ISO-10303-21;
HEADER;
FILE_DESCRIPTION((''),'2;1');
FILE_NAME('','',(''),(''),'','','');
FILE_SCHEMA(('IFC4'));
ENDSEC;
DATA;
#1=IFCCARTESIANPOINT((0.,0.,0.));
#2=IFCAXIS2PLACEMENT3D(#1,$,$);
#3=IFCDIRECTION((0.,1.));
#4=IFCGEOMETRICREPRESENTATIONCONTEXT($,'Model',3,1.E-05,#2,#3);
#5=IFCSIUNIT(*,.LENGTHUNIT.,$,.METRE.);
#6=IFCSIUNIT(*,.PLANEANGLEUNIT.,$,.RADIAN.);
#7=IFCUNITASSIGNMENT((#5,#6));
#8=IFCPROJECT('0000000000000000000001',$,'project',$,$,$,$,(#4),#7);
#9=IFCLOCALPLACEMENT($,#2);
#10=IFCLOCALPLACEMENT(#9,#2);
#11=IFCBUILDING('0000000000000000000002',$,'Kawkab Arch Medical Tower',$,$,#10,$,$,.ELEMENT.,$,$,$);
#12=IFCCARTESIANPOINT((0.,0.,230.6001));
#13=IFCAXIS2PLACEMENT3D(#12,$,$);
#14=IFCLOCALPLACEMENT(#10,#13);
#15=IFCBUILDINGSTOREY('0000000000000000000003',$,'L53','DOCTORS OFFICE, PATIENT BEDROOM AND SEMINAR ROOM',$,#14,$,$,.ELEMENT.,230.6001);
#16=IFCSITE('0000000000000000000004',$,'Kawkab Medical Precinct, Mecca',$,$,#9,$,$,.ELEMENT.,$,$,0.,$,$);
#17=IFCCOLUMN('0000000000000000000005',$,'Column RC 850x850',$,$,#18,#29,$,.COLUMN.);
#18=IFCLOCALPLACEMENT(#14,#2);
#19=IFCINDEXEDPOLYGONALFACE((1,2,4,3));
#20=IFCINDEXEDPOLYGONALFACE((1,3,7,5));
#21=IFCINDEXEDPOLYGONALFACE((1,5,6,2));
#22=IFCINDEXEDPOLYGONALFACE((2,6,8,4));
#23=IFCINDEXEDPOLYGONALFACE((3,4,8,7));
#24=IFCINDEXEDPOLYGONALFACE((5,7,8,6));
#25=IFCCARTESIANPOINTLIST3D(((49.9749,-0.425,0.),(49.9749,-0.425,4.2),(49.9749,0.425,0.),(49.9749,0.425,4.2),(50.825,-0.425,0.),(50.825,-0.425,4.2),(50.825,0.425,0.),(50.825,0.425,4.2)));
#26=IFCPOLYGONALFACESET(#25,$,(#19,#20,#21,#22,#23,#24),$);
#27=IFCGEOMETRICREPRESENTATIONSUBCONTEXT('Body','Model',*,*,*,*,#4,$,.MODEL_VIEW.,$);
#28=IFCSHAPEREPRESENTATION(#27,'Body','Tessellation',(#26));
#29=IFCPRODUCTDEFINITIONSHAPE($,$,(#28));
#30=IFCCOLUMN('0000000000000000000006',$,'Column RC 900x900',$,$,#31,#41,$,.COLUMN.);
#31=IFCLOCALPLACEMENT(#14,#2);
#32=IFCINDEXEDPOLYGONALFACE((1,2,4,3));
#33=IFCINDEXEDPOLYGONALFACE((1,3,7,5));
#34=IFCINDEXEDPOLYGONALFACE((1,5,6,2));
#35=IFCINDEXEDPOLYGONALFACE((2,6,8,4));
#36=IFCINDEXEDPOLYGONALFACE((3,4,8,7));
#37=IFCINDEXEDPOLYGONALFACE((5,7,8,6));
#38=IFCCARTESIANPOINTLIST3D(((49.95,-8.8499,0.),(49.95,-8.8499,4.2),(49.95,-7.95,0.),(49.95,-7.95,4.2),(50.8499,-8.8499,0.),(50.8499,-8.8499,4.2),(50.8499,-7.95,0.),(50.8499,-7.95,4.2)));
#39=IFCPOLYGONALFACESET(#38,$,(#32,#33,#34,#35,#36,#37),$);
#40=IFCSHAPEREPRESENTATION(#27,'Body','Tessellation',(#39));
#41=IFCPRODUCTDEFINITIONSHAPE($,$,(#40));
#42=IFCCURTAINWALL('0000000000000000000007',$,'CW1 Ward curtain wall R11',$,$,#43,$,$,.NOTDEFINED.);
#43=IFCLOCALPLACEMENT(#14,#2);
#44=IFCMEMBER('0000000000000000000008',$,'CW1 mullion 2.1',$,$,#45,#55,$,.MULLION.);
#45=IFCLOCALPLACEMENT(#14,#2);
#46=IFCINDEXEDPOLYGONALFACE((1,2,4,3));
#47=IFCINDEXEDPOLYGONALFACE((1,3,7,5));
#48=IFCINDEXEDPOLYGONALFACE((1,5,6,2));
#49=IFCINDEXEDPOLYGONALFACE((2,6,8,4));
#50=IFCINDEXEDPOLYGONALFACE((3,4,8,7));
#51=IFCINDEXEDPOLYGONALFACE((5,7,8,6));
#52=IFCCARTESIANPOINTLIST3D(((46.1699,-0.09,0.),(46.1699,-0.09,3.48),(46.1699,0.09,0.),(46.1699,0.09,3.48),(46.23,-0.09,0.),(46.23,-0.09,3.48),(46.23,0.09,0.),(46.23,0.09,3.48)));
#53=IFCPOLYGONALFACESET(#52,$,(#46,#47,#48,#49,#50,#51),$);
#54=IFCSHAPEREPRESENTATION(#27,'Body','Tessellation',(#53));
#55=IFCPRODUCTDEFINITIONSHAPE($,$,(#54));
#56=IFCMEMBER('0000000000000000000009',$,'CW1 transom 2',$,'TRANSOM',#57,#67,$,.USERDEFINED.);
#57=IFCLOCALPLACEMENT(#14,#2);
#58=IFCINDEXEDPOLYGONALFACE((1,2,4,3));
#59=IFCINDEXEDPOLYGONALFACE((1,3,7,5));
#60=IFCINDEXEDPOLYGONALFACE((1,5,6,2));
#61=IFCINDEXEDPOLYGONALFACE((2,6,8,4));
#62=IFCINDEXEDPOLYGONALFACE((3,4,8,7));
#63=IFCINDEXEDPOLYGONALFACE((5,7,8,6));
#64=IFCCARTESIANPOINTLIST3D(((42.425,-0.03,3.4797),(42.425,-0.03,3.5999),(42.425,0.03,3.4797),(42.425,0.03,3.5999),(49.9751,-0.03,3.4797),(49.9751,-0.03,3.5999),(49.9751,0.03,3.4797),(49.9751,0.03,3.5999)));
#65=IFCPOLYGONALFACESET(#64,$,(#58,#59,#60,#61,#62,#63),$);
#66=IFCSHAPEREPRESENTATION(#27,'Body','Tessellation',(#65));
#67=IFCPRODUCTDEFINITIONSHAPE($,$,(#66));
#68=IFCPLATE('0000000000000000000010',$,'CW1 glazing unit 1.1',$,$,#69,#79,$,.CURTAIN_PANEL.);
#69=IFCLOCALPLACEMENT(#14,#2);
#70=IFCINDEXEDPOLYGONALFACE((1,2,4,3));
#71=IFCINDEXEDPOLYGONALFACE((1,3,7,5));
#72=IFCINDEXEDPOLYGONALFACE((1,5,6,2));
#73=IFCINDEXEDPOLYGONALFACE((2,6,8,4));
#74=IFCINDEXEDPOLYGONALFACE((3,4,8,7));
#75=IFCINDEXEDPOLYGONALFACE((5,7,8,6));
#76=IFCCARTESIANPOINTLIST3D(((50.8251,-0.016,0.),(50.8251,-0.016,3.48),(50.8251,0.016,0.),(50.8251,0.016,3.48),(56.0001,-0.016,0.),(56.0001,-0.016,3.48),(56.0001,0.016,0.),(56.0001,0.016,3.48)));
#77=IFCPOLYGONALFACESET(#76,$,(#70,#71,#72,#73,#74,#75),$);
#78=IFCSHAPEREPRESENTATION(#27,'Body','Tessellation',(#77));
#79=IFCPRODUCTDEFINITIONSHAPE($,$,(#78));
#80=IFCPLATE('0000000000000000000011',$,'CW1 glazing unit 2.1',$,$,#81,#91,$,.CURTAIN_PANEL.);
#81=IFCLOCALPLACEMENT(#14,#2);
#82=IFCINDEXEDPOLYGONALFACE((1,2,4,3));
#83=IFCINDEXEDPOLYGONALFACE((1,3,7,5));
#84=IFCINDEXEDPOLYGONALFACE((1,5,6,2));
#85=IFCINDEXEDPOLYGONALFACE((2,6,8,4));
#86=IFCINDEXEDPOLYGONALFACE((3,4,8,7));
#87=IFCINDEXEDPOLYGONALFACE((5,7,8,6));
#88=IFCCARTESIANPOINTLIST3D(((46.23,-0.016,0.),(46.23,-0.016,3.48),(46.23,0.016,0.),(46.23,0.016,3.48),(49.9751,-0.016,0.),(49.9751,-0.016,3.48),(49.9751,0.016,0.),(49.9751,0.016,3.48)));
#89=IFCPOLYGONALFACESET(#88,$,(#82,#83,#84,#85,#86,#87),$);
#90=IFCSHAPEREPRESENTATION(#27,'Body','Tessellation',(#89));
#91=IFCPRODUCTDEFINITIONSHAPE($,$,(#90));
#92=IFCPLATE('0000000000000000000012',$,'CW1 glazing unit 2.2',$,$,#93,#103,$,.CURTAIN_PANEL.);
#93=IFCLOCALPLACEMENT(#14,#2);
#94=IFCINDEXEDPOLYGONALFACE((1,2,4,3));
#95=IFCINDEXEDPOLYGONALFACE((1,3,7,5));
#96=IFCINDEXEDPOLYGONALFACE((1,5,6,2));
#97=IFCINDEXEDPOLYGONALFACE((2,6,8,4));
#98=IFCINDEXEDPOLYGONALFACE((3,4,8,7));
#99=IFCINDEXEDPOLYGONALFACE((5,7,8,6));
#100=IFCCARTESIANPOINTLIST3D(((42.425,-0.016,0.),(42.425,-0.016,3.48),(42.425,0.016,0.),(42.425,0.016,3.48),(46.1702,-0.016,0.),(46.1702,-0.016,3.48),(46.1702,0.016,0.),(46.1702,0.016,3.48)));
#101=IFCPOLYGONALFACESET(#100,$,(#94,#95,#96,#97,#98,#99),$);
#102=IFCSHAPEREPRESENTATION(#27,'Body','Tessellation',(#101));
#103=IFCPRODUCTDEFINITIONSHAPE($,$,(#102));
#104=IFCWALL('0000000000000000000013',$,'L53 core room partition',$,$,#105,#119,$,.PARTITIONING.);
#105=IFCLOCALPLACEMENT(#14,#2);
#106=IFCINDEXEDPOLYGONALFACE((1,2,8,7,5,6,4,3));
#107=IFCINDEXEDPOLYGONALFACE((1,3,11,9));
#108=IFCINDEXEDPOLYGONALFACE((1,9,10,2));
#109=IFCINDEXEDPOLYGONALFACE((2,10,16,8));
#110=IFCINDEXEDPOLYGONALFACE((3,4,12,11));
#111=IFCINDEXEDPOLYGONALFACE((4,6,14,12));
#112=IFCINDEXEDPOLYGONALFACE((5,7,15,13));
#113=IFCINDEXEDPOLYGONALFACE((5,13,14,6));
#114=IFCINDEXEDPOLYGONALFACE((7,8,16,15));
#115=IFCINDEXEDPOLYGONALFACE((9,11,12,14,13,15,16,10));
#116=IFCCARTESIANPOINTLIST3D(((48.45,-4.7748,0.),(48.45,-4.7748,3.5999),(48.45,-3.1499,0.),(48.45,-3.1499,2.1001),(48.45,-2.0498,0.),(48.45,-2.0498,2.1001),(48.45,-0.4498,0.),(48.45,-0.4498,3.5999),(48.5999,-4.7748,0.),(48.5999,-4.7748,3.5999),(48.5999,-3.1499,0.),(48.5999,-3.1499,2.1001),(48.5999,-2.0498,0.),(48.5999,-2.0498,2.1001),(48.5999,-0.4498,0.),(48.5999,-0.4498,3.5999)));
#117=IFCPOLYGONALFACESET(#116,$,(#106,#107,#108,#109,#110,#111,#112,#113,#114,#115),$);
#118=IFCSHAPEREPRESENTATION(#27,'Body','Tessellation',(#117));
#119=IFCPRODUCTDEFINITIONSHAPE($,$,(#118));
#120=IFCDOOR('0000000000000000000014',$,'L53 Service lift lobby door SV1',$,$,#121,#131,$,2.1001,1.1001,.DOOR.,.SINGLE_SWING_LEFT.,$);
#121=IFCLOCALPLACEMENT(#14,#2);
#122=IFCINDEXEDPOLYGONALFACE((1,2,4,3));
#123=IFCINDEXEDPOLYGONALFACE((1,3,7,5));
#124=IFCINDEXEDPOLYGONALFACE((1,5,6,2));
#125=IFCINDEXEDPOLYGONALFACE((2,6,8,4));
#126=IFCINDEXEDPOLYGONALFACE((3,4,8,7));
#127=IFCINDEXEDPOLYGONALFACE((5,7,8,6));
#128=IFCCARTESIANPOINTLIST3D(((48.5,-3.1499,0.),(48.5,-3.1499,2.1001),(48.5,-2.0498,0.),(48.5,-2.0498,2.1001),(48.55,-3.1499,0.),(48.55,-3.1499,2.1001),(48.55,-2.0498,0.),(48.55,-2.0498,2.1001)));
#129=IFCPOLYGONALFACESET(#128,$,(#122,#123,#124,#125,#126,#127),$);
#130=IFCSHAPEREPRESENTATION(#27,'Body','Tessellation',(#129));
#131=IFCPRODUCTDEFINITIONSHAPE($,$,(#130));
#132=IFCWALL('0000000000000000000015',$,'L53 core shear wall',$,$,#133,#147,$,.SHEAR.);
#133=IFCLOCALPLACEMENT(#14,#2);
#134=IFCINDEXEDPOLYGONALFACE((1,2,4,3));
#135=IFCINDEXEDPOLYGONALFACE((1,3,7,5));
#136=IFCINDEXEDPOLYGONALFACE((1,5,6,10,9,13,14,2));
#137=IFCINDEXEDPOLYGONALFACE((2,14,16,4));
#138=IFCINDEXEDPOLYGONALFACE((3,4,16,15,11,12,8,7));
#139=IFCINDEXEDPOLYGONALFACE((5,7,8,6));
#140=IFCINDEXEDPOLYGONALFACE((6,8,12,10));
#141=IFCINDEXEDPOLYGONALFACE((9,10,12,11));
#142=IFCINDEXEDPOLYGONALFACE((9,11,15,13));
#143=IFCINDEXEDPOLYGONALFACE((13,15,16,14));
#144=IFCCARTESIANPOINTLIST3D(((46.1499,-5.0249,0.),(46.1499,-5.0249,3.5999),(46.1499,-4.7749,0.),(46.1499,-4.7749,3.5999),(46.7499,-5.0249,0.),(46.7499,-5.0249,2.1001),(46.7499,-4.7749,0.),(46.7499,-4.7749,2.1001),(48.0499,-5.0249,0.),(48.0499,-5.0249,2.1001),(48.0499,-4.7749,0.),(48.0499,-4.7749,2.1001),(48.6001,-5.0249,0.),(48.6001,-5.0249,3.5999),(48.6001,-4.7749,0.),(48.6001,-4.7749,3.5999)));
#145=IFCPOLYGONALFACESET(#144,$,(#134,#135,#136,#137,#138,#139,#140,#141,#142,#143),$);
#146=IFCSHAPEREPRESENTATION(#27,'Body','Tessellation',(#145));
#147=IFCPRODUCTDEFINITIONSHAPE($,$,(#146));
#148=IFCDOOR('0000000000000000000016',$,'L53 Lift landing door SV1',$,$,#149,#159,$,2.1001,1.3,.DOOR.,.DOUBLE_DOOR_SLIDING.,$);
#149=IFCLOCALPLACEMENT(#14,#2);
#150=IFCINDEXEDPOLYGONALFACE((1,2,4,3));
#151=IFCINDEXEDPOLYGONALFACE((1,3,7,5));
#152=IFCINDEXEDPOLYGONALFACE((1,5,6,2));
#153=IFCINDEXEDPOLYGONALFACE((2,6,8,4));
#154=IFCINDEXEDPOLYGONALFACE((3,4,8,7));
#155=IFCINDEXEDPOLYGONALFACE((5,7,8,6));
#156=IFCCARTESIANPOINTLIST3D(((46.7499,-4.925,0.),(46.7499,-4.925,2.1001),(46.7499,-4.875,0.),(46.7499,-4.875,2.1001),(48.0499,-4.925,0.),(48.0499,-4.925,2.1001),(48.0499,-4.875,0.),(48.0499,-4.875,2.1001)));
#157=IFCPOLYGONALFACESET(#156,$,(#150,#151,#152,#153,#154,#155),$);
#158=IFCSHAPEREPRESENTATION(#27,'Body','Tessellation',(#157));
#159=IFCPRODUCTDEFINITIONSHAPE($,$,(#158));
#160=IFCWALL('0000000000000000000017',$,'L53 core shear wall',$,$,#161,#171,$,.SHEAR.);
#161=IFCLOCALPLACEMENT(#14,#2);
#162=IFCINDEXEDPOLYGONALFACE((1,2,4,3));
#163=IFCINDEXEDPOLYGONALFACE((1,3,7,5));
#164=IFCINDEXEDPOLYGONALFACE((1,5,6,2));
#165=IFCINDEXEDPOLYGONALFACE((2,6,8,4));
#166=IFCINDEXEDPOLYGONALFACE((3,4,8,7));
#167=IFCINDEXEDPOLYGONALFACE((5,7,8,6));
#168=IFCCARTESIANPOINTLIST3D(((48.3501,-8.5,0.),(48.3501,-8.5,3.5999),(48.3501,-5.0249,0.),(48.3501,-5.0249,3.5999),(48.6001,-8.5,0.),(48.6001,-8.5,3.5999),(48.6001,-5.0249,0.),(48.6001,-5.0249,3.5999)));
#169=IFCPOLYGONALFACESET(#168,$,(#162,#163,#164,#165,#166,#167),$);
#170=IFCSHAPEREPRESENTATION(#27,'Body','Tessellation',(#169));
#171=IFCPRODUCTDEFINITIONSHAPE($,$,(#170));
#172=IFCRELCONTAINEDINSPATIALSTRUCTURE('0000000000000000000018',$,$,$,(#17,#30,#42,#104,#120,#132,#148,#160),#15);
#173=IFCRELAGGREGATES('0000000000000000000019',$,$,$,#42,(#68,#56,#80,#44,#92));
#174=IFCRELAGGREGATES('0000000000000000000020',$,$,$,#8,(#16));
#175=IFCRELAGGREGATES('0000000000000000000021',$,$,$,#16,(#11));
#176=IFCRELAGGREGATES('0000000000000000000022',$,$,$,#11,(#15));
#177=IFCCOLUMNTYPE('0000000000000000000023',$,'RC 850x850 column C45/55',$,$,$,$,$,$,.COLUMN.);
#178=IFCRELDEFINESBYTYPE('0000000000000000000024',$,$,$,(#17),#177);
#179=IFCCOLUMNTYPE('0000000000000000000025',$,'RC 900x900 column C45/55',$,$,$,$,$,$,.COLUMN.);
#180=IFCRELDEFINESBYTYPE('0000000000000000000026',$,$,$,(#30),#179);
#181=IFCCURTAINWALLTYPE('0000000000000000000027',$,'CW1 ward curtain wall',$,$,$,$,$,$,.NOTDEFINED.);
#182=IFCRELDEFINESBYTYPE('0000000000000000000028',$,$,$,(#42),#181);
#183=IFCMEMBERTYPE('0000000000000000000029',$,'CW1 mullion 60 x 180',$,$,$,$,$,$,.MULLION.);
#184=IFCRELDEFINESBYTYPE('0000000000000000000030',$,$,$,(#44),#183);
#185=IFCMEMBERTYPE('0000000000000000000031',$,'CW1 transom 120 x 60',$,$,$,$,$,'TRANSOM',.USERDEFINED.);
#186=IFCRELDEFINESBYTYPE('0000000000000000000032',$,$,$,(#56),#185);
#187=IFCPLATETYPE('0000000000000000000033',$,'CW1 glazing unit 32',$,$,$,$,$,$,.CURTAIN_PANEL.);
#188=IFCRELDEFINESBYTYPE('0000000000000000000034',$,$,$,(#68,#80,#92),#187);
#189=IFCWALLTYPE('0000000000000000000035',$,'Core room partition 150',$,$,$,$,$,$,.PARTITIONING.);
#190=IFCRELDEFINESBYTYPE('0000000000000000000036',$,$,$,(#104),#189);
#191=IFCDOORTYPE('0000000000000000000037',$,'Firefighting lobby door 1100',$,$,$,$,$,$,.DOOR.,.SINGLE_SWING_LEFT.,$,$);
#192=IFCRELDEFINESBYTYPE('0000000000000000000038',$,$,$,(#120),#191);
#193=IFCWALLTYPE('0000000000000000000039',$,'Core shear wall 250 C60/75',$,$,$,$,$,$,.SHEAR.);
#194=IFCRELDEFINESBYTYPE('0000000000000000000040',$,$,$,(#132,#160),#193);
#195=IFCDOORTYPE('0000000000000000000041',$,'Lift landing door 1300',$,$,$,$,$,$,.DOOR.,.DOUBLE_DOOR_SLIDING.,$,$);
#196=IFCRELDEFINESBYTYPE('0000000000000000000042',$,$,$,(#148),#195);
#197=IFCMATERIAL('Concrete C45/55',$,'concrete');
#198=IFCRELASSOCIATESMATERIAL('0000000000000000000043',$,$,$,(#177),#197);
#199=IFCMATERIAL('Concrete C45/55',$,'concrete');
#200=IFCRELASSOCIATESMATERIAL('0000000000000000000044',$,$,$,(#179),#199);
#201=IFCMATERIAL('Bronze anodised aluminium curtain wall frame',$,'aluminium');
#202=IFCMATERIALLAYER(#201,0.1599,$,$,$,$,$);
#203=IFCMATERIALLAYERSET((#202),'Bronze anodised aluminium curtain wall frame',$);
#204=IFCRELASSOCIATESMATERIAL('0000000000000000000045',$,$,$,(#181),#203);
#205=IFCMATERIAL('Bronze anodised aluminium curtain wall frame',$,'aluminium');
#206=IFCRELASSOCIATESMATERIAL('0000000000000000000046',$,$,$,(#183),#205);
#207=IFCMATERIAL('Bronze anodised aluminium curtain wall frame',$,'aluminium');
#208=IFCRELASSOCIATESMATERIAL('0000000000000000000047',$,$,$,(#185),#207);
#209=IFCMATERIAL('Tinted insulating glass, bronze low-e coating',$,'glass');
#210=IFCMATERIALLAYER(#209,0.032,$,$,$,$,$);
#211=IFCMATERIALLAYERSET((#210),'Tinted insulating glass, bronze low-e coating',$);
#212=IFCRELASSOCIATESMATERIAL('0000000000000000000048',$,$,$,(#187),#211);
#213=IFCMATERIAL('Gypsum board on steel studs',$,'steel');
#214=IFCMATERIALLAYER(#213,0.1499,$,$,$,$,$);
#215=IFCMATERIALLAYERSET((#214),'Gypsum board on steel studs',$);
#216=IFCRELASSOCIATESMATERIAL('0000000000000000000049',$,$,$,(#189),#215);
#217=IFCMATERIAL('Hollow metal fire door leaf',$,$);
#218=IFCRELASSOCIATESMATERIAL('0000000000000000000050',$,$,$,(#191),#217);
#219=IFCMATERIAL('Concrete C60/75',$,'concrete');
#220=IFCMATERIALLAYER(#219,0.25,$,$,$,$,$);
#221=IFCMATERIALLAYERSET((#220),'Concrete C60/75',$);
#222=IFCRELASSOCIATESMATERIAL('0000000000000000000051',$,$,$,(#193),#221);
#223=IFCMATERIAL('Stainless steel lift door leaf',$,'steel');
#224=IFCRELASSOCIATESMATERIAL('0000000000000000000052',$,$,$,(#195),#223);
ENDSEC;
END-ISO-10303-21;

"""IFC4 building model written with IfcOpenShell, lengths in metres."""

from ifc_helpers import new_model, si_unit, direction, frame, frame_2d, origin, origin_2d, place, context, subcontext, project, spatial, rectangle, extrude, material, layer, layer_set, material_profile, profile_set, type_object, element, fill, aggregate, save


model = new_model("IFC4")

# Units and contexts
model_context = context("Model", 3, precision=1e-05, world=origin(), true_north=direction((0.0, 1.0)))
body_context = subcontext(model_context, "Body", "Model", "MODEL_VIEW")
ifc_project = project(units=[si_unit("LENGTHUNIT", "METRE"), si_unit("PLANEANGLEUNIT", "RADIAN")], contexts=[model_context])

# Site, building, storey
site_placement = place(None, origin())
site = spatial("IfcSite", under=ifc_project, at=site_placement, Name="Kawkab Medical Precinct, Mecca", CompositionType="ELEMENT", RefElevation=0.0)
building_placement = place(site_placement, origin())
building = spatial("IfcBuilding", under=site, at=building_placement, Name="Kawkab Arch Medical Tower", CompositionType="ELEMENT")
storey_placement = place(building_placement, frame((0.0, 0.0, 230.6001)))
storey = spatial("IfcBuildingStorey", under=building, at=storey_placement, Name="L53", Description="DOCTORS OFFICE, PATIENT BEDROOM AND SEMINAR ROOM", CompositionType="ELEMENT", Elevation=230.6001)

# Columns
ifc_material_1 = material(Name="Concrete C45/55", Category="concrete")
ifc_material_profile_1 = material_profile(ifc_material_1, rectangle(XDim=0.8501, YDim=0.8501, at=origin_2d()), Name="RC 850x850")
ifc_profile_set_1 = profile_set([ifc_material_profile_1], Name="Concrete C45/55")
column_type_1 = type_object("IfcColumnType", Name="RC 850x850 column C45/55", PredefinedType="COLUMN", material=ifc_profile_set_1)
column_1_placement = place(storey_placement, frame((50.3999, 0.0, 0.0), z_axis=(0.0, 0.0, 1.0), x_axis=(1.0, 0.0, 0.0)))
element("IfcColumn", 1, at=column_1_placement, inside=storey, type_object=column_type_1, Name="Column RC 850x850", PredefinedType="COLUMN", context=body_context, shape_type="SweptSolid", body=[
    extrude(rectangle(XDim=0.8501, YDim=0.8501, at=origin_2d()), origin(), (0.0, 0.0, 1.0), 4.2),
])
ifc_material_2 = material(Name="Concrete C45/55", Category="concrete")
ifc_material_profile_2 = material_profile(ifc_material_2, rectangle(XDim=0.8999, YDim=0.8999, at=origin_2d()), Name="RC 900x900")
ifc_profile_set_2 = profile_set([ifc_material_profile_2], Name="Concrete C45/55")
column_type_2 = type_object("IfcColumnType", Name="RC 900x900 column C45/55", PredefinedType="COLUMN", material=ifc_profile_set_2)
column_2_placement = place(storey_placement, frame((50.3999, -8.3999, 0.0), z_axis=(0.0, 0.0, 1.0), x_axis=(1.0, 0.0, 0.0)))
element("IfcColumn", 2, at=column_2_placement, inside=storey, type_object=column_type_2, Name="Column RC 900x900", PredefinedType="COLUMN", context=body_context, shape_type="SweptSolid", body=[
    extrude(rectangle(XDim=0.8999, YDim=0.8999, at=origin_2d()), origin(), (0.0, 0.0, 1.0), 4.2),
])

# Curtain wall, members, plates
ifc_material_3 = material(Name="Bronze anodised aluminium curtain wall frame", Category="aluminium")
ifc_layer_1 = layer(ifc_material_3, 0.1599)
ifc_layer_set_1 = layer_set([ifc_layer_1], Name="Bronze anodised aluminium curtain wall frame")
curtain_wall_type = type_object("IfcCurtainWallType", Name="CW1 ward curtain wall", PredefinedType="NOTDEFINED", material=ifc_layer_set_1)
placement = place(storey_placement, origin())
curtain_wall = element("IfcCurtainWall", 3, at=placement, inside=storey, type_object=curtain_wall_type, Name="CW1 Ward curtain wall R11", PredefinedType="NOTDEFINED")
ifc_material_4 = material(Name="Bronze anodised aluminium curtain wall frame", Category="aluminium")
ifc_material_profile_3 = material_profile(ifc_material_4, rectangle(XDim=0.1799, YDim=0.0601, at=origin_2d()), Name="AL 60x180")
ifc_profile_set_3 = profile_set([ifc_material_profile_3], Name="Bronze anodised aluminium curtain wall frame")
member_type_1 = type_object("IfcMemberType", Name="CW1 mullion 60 x 180", PredefinedType="MULLION", material=ifc_profile_set_3)
member_1_placement = place(storey_placement, frame((46.2, 0.0, 0.0), z_axis=(0.0, 0.0, 1.0), x_axis=(0.0, -1.0, 0.0)))
member_1 = element("IfcMember", 4, at=member_1_placement, type_object=member_type_1, Name="CW1 mullion 2.1", PredefinedType="MULLION", context=body_context, shape_type="SweptSolid", body=[
    extrude(rectangle(XDim=0.1799, YDim=0.0601, at=origin_2d()), origin(), (0.0, 0.0, 1.0), 3.48),
])
ifc_material_5 = material(Name="Bronze anodised aluminium curtain wall frame", Category="aluminium")
ifc_material_profile_4 = material_profile(ifc_material_5, rectangle(XDim=0.0601, YDim=0.1201, at=origin_2d()), Name="AL 60x120")
ifc_profile_set_4 = profile_set([ifc_material_profile_4], Name="Bronze anodised aluminium curtain wall frame")
member_type_2 = type_object("IfcMemberType", Name="CW1 transom 120 x 60", ElementType="TRANSOM", PredefinedType="USERDEFINED", material=ifc_profile_set_4)
member_2_placement = place(storey_placement, frame((49.9751, 0.0, 3.5398), z_axis=(-1.0, 0.0, 0.0), x_axis=(0.0, -1.0, 0.0)))
member_2 = element("IfcMember", 5, at=member_2_placement, type_object=member_type_2, Name="CW1 transom 2", ObjectType="TRANSOM", PredefinedType="USERDEFINED", context=body_context, shape_type="SweptSolid", body=[
    extrude(rectangle(XDim=0.0601, YDim=0.1201, at=origin_2d()), origin(), (0.0, 0.0, 1.0), 7.55),
])
ifc_material_6 = material(Name="Tinted insulating glass, bronze low-e coating", Category="glass")
ifc_layer_2 = layer(ifc_material_6, 0.032)
ifc_layer_set_2 = layer_set([ifc_layer_2], Name="Tinted insulating glass, bronze low-e coating")
plate_type = type_object("IfcPlateType", Name="CW1 glazing unit 32", PredefinedType="CURTAIN_PANEL", material=ifc_layer_set_2)
plate_1_placement = place(storey_placement, frame((53.4126, 0.0, 0.0), z_axis=(0.0, 0.0, 1.0), x_axis=(-1.0, 0.0, 0.0)))
plate_1 = element("IfcPlate", 6, at=plate_1_placement, type_object=plate_type, Name="CW1 glazing unit 1.1", PredefinedType="CURTAIN_PANEL", context=body_context, shape_type="SweptSolid", body=[
    extrude(rectangle(XDim=5.175, YDim=0.032, at=origin_2d()), origin(), (0.0, 0.0, 1.0), 3.48),
])
plate_2_placement = place(storey_placement, frame((48.1025, 0.0, 0.0), z_axis=(0.0, 0.0, 1.0), x_axis=(-1.0, 0.0, 0.0)))
plate_2 = element("IfcPlate", 7, at=plate_2_placement, type_object=plate_type, Name="CW1 glazing unit 2.1", PredefinedType="CURTAIN_PANEL", context=body_context, shape_type="SweptSolid", body=[
    extrude(rectangle(XDim=3.7451, YDim=0.032, at=origin_2d()), origin(), (0.0, 0.0, 1.0), 3.48),
])
plate_3_placement = place(storey_placement, frame((44.2976, 0.0, 0.0), z_axis=(0.0, 0.0, 1.0), x_axis=(-1.0, 0.0, 0.0)))
plate_3 = element("IfcPlate", 8, at=plate_3_placement, type_object=plate_type, Name="CW1 glazing unit 2.2", PredefinedType="CURTAIN_PANEL", context=body_context, shape_type="SweptSolid", body=[
    extrude(rectangle(XDim=3.7451, YDim=0.032, at=origin_2d()), origin(), (0.0, 0.0, 1.0), 3.48),
])
aggregate(curtain_wall, [plate_1, member_2, plate_2, member_1, plate_3])

# Walls, openings, doors
ifc_material_7 = material(Name="Gypsum board on steel studs", Category="steel")
ifc_layer_3 = layer(ifc_material_7, 0.1499)
ifc_layer_set_3 = layer_set([ifc_layer_3], Name="Gypsum board on steel studs")
wall_type_1 = type_object("IfcWallType", Name="Core room partition 150", PredefinedType="PARTITIONING", material=ifc_layer_set_3)
wall_1_placement = place(storey_placement, frame((48.5249, -4.7749, 0.0), z_axis=(0.0, 0.0, 1.0), x_axis=(0.0, 1.0, 0.0)))
wall_1 = element("IfcWall", 9, at=wall_1_placement, inside=storey, type_object=wall_type_1, Name="L53 core room partition", PredefinedType="PARTITIONING", context=body_context, shape_type="SweptSolid", body=[
    extrude(rectangle(XDim=4.325, YDim=0.1499, at=frame_2d((2.1626, 0.0))), origin(), (0.0, 0.0, 1.0), 3.5999),
])
opening_1_placement = place(wall_1_placement, frame((1.625, 0.0, 0.0)))
opening_1 = element("IfcOpeningElement", 10, at=opening_1_placement, cuts=wall_1, PredefinedType="OPENING", context=body_context, shape_type="SweptSolid", body=[
    extrude(rectangle(XDim=1.1001, YDim=2.1001, at=frame_2d((0.55, 1.05))), frame((0.0, 0.085, 0.0), z_axis=(0.0, -1.0, 0.0), x_axis=(1.0, 0.0, 0.0)), (0.0, 0.0, 1.0), 0.1699),
])
ifc_material_8 = material(Name="Hollow metal fire door leaf")
door_type_1 = type_object("IfcDoorType", Name="Firefighting lobby door 1100", OperationType="SINGLE_SWING_LEFT", PredefinedType="DOOR", material=ifc_material_8)
door_1_placement = place(opening_1_placement, origin())
door_1 = element("IfcDoor", 11, at=door_1_placement, inside=storey, type_object=door_type_1, Name="L53 Service lift lobby door SV1", OperationType="SINGLE_SWING_LEFT", OverallHeight=2.1001, OverallWidth=1.1001, PredefinedType="DOOR", context=body_context, shape_type="SweptSolid", body=[
    extrude(rectangle(XDim=1.1001, YDim=2.1001, at=frame_2d((0.55, 1.05))), frame((0.0, 0.0249, 0.0), z_axis=(0.0, -1.0, 0.0), x_axis=(1.0, 0.0, 0.0)), (0.0, 0.0, 1.0), 0.05),
])
fill(opening_1, door_1)
ifc_material_9 = material(Name="Concrete C60/75", Category="concrete")
ifc_layer_4 = layer(ifc_material_9, 0.25)
ifc_layer_set_4 = layer_set([ifc_layer_4], Name="Concrete C60/75")
wall_type_2 = type_object("IfcWallType", Name="Core shear wall 250 C60/75", PredefinedType="SHEAR", material=ifc_layer_set_4)
wall_2_placement = place(storey_placement, frame((46.1499, -4.8999, 0.0), z_axis=(0.0, 0.0, 1.0), x_axis=(1.0, 0.0, 0.0)))
wall_2 = element("IfcWall", 12, at=wall_2_placement, inside=storey, type_object=wall_type_2, Name="L53 core shear wall", PredefinedType="SHEAR", context=body_context, shape_type="SweptSolid", body=[
    extrude(rectangle(XDim=2.4502, YDim=0.25, at=frame_2d((1.2251, 0.0))), origin(), (0.0, 0.0, 1.0), 3.5999),
])
opening_2_placement = place(wall_2_placement, frame((0.6001, 0.0, 0.0)))
opening_2 = element("IfcOpeningElement", 13, at=opening_2_placement, cuts=wall_2, PredefinedType="OPENING", context=body_context, shape_type="SweptSolid", body=[
    extrude(rectangle(XDim=1.3, YDim=2.1001, at=frame_2d((0.6499, 1.05))), frame((0.0, 0.135, 0.0), z_axis=(0.0, -1.0, 0.0), x_axis=(1.0, 0.0, 0.0)), (0.0, 0.0, 1.0), 0.27),
])
ifc_material_10 = material(Name="Stainless steel lift door leaf", Category="steel")
door_type_2 = type_object("IfcDoorType", Name="Lift landing door 1300", OperationType="DOUBLE_DOOR_SLIDING", PredefinedType="DOOR", material=ifc_material_10)
door_2_placement = place(opening_2_placement, origin())
door_2 = element("IfcDoor", 14, at=door_2_placement, inside=storey, type_object=door_type_2, Name="L53 Lift landing door SV1", OperationType="DOUBLE_DOOR_SLIDING", OverallHeight=2.1001, OverallWidth=1.3, PredefinedType="DOOR", context=body_context, shape_type="SweptSolid", body=[
    extrude(rectangle(XDim=1.3, YDim=2.1001, at=frame_2d((0.6499, 1.05))), frame((0.0, 0.0249, 0.0), z_axis=(0.0, -1.0, 0.0), x_axis=(1.0, 0.0, 0.0)), (0.0, 0.0, 1.0), 0.05),
])
fill(opening_2, door_2)

# Wall
wall_3_placement = place(storey_placement, frame((48.4751, -8.5, 0.0), z_axis=(0.0, 0.0, 1.0), x_axis=(0.0, 1.0, 0.0)))
element("IfcWall", 15, at=wall_3_placement, inside=storey, type_object=wall_type_2, Name="L53 core shear wall", PredefinedType="SHEAR", context=body_context, shape_type="SweptSolid", body=[
    extrude(rectangle(XDim=3.4751, YDim=0.25, at=frame_2d((1.7375, 0.0))), origin(), (0.0, 0.0, 1.0), 3.5999),
])

save(model, "model.ifc")
